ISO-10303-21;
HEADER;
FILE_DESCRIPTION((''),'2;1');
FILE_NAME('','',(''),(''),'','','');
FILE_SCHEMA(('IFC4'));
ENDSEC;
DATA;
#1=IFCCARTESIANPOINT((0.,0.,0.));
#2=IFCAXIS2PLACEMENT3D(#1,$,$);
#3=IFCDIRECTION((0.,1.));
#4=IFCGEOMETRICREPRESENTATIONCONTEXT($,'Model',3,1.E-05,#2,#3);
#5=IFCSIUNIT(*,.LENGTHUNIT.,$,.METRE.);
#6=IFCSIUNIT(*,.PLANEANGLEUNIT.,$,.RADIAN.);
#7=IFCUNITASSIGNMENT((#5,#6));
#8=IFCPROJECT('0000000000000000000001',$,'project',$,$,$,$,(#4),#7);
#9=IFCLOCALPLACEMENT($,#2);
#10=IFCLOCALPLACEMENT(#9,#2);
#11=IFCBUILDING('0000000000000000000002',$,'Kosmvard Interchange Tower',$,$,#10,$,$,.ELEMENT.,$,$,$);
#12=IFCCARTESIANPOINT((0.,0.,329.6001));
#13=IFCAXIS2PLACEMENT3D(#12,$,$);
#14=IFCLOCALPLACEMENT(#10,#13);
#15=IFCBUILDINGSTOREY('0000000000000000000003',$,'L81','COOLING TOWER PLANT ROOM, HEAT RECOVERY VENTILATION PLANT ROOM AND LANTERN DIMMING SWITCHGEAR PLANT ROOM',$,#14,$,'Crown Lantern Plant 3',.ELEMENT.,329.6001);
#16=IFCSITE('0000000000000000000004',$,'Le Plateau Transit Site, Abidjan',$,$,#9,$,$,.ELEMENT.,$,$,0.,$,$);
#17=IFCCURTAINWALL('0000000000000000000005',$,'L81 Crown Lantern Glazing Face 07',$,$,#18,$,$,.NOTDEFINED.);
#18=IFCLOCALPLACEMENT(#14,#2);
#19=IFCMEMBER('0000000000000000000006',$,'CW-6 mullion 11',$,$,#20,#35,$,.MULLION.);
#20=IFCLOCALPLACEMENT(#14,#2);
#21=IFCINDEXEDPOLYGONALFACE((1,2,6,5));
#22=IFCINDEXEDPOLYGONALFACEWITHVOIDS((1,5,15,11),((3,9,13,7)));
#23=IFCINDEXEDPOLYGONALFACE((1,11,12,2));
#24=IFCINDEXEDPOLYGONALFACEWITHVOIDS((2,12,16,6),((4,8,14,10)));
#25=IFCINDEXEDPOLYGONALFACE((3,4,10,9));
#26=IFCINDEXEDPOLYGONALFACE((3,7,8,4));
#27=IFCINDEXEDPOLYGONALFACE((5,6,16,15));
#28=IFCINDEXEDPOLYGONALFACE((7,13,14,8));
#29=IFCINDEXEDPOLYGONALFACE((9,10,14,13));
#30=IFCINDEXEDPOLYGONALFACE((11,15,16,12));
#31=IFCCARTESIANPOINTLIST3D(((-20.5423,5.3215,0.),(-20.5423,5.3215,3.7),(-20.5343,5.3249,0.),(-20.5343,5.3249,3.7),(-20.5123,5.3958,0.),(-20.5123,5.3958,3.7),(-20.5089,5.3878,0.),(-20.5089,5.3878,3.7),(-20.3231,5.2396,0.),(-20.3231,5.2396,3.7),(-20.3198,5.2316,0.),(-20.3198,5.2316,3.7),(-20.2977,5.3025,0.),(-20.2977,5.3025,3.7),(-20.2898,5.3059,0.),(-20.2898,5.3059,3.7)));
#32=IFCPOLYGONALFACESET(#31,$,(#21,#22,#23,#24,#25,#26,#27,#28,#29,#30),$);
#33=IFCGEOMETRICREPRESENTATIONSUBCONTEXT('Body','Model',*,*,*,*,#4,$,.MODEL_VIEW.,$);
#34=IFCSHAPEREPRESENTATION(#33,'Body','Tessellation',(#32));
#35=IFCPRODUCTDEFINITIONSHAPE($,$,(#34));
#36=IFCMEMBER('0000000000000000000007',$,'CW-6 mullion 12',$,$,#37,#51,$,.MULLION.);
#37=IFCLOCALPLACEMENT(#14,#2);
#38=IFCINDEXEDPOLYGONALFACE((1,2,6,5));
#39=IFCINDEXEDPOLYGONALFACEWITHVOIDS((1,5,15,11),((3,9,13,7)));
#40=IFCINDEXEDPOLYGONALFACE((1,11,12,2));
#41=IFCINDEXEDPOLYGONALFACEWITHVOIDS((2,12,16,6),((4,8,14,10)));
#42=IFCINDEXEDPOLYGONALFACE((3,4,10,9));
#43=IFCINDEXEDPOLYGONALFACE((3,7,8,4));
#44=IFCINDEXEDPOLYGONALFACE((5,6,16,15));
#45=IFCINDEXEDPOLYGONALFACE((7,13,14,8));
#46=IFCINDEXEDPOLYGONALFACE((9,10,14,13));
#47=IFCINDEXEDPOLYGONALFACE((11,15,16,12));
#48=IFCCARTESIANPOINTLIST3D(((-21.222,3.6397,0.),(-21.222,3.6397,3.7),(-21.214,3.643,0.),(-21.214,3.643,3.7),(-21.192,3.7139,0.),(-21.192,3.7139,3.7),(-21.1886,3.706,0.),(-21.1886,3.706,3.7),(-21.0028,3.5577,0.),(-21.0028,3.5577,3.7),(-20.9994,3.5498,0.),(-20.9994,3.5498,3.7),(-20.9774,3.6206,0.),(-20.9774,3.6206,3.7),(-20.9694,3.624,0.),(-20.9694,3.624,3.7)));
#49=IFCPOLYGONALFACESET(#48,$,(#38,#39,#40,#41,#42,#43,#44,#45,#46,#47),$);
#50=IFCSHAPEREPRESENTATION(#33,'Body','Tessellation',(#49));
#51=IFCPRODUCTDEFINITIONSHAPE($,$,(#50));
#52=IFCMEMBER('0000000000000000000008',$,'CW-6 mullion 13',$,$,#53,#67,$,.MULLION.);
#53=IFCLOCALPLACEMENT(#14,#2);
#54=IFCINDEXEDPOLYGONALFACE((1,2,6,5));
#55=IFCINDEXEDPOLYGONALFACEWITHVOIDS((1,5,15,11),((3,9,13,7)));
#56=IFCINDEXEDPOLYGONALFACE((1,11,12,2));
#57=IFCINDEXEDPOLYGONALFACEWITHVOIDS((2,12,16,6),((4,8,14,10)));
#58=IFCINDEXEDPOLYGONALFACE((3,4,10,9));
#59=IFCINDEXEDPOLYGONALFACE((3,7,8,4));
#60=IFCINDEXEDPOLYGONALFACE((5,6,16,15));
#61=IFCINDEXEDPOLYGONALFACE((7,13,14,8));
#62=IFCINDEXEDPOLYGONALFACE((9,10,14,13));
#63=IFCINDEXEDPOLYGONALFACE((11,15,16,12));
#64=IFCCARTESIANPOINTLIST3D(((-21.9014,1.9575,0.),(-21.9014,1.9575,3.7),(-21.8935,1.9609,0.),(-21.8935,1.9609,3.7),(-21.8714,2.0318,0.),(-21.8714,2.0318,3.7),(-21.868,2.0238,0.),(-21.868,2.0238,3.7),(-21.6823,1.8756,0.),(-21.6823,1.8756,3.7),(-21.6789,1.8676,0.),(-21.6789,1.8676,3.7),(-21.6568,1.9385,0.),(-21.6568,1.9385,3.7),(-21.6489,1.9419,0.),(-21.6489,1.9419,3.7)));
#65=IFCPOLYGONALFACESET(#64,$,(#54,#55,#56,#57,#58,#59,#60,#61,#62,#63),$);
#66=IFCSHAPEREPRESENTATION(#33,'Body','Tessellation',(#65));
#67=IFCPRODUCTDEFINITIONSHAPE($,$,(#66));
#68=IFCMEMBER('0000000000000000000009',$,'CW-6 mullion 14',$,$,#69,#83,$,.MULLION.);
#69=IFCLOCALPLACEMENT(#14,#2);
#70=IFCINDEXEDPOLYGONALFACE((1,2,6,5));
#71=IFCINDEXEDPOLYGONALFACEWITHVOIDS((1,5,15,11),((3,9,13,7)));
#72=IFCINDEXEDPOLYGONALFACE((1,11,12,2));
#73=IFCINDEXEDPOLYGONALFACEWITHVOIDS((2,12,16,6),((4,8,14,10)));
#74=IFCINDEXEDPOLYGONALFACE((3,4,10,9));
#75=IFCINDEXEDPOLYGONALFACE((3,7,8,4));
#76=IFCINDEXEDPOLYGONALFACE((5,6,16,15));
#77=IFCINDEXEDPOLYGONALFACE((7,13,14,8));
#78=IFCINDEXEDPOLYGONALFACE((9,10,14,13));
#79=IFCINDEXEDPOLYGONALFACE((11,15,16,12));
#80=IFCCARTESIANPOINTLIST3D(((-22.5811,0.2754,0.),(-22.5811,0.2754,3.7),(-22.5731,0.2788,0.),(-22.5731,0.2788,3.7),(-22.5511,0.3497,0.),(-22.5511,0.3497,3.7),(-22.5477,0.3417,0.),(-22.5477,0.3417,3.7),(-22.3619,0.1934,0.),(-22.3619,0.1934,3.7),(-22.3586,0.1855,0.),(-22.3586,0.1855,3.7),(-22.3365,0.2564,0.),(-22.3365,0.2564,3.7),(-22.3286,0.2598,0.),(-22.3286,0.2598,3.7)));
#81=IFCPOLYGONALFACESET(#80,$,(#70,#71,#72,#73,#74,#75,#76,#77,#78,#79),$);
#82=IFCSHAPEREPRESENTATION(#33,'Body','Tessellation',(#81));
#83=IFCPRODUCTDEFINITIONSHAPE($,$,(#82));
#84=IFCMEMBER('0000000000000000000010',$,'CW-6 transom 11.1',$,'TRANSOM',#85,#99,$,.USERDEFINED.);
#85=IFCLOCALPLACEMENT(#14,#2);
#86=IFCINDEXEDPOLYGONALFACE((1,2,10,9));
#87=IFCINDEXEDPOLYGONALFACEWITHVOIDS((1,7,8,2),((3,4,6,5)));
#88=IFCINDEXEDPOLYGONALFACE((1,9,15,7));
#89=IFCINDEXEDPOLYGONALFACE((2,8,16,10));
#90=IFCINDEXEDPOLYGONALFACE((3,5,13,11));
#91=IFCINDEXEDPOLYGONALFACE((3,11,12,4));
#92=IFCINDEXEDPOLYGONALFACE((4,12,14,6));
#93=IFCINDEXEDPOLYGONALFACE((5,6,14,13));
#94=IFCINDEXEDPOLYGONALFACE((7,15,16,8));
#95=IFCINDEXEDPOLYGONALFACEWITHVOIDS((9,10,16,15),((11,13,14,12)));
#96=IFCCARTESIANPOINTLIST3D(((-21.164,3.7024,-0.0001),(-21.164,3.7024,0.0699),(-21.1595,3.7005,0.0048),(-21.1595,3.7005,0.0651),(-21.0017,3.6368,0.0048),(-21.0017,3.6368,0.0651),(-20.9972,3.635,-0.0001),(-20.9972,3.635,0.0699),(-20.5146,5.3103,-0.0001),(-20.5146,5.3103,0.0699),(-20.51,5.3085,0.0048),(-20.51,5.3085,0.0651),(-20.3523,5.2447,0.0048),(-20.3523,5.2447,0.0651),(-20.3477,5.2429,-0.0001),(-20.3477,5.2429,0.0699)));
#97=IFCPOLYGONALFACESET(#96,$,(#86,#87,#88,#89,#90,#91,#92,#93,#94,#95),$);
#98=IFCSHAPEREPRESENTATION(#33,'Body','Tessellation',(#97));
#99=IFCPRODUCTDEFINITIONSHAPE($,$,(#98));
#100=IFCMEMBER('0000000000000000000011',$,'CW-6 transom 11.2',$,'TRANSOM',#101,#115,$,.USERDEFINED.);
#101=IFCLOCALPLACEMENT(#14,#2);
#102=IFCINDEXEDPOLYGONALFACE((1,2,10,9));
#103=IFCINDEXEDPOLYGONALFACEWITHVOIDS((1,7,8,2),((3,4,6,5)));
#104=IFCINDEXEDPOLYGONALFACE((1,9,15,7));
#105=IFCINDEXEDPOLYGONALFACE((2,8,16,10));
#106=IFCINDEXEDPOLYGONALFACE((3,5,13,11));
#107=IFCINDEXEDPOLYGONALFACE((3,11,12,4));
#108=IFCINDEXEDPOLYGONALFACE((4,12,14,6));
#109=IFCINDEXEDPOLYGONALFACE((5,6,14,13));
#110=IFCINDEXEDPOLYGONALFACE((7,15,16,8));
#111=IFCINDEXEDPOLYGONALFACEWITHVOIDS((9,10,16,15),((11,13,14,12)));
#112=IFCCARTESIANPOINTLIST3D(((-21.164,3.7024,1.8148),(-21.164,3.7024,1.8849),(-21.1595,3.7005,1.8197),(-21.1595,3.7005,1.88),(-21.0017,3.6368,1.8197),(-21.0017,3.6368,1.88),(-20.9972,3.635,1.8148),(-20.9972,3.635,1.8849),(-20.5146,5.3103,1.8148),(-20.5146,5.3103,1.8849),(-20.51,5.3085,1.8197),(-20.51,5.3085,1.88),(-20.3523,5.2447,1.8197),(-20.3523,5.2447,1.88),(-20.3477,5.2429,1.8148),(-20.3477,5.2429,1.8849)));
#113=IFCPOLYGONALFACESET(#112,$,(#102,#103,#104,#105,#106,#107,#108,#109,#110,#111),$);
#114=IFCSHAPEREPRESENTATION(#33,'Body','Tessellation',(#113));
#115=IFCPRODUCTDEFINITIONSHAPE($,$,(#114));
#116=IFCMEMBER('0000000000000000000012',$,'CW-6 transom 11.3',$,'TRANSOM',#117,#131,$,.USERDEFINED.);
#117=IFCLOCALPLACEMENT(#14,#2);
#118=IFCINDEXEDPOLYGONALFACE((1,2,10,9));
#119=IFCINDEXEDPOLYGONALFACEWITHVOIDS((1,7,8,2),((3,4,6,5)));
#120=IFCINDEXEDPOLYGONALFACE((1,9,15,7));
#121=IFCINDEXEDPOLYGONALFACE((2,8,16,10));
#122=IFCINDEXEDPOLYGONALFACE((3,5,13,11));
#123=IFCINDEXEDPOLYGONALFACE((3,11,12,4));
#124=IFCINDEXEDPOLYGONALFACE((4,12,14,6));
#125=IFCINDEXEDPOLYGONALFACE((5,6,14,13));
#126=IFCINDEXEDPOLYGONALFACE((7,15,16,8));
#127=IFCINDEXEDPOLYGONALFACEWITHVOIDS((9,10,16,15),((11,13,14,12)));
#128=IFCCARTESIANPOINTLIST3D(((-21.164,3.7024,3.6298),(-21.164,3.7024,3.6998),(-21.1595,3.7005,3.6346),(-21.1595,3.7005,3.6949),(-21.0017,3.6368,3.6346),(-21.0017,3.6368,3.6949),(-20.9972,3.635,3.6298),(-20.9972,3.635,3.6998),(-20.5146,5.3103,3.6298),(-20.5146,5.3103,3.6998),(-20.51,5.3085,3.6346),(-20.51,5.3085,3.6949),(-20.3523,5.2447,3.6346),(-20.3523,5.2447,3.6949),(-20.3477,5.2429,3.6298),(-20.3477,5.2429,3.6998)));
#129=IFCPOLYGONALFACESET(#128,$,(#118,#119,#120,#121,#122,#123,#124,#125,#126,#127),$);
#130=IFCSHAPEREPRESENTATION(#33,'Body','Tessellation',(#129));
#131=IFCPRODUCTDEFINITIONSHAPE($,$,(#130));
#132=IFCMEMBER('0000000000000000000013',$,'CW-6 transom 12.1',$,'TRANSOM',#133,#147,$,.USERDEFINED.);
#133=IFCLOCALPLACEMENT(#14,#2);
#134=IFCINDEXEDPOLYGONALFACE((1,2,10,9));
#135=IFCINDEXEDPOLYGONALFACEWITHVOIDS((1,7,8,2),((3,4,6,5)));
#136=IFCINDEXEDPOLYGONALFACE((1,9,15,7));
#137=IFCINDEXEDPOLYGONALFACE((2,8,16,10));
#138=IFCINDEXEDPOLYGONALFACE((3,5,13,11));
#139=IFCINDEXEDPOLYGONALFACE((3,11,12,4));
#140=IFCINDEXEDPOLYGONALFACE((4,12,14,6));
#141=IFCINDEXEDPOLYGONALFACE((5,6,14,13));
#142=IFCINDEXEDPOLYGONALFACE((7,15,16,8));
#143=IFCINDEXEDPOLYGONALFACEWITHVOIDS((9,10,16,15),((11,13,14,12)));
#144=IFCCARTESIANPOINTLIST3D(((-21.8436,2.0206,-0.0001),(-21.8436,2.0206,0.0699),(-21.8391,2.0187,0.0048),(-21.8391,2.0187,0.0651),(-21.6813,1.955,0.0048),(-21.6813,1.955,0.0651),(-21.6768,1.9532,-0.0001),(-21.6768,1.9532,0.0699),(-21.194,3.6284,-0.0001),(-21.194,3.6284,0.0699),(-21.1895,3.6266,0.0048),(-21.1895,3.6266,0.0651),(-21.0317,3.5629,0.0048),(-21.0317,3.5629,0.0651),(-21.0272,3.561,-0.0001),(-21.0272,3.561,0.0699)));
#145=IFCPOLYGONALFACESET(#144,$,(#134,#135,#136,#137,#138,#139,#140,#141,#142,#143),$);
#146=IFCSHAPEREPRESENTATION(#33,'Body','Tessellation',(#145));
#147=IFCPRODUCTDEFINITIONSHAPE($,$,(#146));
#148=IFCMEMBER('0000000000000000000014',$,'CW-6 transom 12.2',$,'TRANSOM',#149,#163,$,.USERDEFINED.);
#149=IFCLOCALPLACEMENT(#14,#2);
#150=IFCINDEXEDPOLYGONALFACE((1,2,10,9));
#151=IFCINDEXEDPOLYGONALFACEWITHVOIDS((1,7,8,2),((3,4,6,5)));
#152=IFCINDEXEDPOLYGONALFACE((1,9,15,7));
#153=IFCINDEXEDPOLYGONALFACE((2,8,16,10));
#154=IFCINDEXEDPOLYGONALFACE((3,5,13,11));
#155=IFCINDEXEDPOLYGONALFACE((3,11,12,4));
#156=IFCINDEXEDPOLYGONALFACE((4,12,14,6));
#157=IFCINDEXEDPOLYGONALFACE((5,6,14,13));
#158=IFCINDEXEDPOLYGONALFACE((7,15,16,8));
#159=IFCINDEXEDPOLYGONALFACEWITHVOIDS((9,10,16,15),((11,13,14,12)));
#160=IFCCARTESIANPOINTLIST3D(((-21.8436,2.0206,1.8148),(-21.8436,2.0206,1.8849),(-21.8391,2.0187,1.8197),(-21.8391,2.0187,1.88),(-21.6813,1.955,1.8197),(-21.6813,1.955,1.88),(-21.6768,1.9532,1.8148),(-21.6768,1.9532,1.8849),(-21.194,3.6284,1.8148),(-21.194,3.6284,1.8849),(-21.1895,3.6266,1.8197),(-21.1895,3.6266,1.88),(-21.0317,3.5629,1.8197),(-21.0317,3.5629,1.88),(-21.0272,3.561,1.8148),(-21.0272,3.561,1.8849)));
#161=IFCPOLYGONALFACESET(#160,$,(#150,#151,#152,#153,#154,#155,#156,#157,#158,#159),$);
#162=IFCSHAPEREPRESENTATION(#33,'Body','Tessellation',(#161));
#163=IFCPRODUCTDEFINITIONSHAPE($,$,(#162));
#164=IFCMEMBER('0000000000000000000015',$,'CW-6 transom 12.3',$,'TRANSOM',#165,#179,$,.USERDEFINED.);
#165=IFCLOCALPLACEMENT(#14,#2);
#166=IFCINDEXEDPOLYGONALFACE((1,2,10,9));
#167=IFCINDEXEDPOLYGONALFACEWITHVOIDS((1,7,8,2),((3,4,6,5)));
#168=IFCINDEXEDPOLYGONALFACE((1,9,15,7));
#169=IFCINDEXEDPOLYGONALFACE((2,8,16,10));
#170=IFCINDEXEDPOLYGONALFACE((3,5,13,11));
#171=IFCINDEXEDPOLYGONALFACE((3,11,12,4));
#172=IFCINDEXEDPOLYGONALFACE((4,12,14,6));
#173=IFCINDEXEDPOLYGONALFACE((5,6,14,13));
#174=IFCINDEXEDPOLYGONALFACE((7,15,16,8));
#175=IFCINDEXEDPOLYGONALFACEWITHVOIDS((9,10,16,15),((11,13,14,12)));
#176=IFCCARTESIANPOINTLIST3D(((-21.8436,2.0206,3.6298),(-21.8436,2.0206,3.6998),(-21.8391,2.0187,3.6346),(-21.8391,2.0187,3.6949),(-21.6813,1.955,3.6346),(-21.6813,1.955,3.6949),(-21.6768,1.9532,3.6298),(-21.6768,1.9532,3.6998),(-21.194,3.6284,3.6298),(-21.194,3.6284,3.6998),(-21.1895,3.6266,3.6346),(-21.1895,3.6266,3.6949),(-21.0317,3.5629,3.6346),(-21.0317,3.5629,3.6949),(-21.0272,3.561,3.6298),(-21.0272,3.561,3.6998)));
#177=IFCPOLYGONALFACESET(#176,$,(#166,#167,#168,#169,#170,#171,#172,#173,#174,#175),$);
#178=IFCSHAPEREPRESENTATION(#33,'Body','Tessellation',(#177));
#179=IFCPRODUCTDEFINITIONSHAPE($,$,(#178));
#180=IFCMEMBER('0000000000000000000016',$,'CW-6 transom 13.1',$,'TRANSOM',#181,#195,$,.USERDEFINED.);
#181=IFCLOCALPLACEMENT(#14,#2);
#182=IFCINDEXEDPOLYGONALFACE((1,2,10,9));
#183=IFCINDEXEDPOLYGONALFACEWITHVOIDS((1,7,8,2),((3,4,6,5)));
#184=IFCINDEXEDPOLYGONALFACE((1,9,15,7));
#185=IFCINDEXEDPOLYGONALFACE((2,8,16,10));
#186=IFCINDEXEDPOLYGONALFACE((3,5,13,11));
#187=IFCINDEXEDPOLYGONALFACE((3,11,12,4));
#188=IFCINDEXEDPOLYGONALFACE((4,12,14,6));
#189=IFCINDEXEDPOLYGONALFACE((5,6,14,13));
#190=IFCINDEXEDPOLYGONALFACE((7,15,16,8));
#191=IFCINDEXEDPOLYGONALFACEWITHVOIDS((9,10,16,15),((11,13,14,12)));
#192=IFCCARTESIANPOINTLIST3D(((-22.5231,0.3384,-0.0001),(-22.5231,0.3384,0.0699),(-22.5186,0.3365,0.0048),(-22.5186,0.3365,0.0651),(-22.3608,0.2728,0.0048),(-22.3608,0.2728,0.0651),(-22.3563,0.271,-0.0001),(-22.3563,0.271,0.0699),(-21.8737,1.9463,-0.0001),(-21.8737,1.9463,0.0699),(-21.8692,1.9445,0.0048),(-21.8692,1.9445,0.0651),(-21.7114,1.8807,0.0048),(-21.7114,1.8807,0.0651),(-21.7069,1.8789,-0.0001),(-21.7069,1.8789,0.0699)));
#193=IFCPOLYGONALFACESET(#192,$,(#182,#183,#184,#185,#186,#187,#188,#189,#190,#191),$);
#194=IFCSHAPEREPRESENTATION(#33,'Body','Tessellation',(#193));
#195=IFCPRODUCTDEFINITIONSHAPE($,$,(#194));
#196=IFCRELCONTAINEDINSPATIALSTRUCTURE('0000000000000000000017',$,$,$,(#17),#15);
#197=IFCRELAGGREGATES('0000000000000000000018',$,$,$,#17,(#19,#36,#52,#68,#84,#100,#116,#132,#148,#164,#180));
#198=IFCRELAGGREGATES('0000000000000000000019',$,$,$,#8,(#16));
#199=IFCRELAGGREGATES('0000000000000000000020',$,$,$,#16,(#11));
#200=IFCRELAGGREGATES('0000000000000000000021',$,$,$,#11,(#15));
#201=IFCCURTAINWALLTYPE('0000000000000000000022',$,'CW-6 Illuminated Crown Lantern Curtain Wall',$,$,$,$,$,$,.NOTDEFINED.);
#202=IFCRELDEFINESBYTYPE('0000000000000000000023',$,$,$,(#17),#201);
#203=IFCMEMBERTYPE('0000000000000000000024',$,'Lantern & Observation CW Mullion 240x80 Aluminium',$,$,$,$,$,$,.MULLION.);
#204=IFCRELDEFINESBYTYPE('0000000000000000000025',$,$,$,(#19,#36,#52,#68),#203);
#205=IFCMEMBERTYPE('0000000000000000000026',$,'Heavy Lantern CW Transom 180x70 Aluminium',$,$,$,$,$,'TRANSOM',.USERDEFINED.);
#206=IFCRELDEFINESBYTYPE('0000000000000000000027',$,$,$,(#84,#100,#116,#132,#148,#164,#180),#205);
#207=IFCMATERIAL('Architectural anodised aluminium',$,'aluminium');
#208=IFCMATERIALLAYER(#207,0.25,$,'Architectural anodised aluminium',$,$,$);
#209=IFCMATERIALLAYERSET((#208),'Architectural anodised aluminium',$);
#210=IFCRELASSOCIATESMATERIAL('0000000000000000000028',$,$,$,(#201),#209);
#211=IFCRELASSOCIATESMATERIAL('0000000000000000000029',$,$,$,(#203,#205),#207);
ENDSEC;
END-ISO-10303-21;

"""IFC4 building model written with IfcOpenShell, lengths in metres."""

from ifc_helpers import new_model, si_unit, direction, frame, origin, origin_2d, place, context, subcontext, project, spatial, hollow_rectangle, extrude, source, transform, mapped, material, layer, layer_set, material_profile, profile_set, type_object, element, aggregate, save


model = new_model("IFC4")

# Units and contexts
model_context = context("Model", 3, precision=1e-05, world=origin(), true_north=direction((0.0, 1.0)))
body_context = subcontext(model_context, "Body", "Model", "MODEL_VIEW")
ifc_project = project(units=[si_unit("LENGTHUNIT", "METRE"), si_unit("PLANEANGLEUNIT", "RADIAN")], contexts=[model_context])

# Site, building, storey
site_placement = place(None, origin())
site = spatial("IfcSite", under=ifc_project, at=site_placement, Name="Le Plateau Transit Site, Abidjan", CompositionType="ELEMENT", RefElevation=0.0)
building_placement = place(site_placement, origin())
building = spatial("IfcBuilding", under=site, at=building_placement, Name="Kosmvard Interchange Tower", CompositionType="ELEMENT")
storey_placement = place(building_placement, frame((0.0, 0.0, 329.6001)))
storey = spatial("IfcBuildingStorey", under=building, at=storey_placement, Name="L81", Description="COOLING TOWER PLANT ROOM, HEAT RECOVERY VENTILATION PLANT ROOM AND LANTERN DIMMING SWITCHGEAR PLANT ROOM", LongName="Crown Lantern Plant 3", CompositionType="ELEMENT", Elevation=329.6001)

# Curtain wall, members
ifc_material_1 = material(Name="Architectural anodised aluminium", Category="aluminium")
ifc_layer_1 = layer(ifc_material_1, 0.25, Name="Architectural anodised aluminium")
ifc_layer_set_1 = layer_set([ifc_layer_1], Name="Architectural anodised aluminium")
curtain_wall_type = type_object("IfcCurtainWallType", Name="CW-6 Illuminated Crown Lantern Curtain Wall", PredefinedType="NOTDEFINED", material=ifc_layer_set_1)
curtain_wall_placement = place(storey_placement, origin())
curtain_wall = element("IfcCurtainWall", 1, at=curtain_wall_placement, inside=storey, type_object=curtain_wall_type, Name="L81 Crown Lantern Glazing Face 07", PredefinedType="NOTDEFINED")
ifc_material_profile_1 = material_profile(ifc_material_1, hollow_rectangle(XDim=0.24, YDim=0.0801, WallThickness=0.0061, at=origin_2d()), Name="CWM 240x80x6")
ifc_profile_set_1 = profile_set([ifc_material_profile_1], Name="Architectural anodised aluminium")
member_type_1 = type_object("IfcMemberType", Name="Lantern & Observation CW Mullion 240x80 Aluminium", PredefinedType="MULLION", material=ifc_profile_set_1)
shared_shape_1 = source(origin(), body_context, "Body", "SweptSolid", [
    extrude(hollow_rectangle(XDim=0.24, YDim=0.0801, WallThickness=0.0061, at=origin_2d()), origin(), (0.0, 0.0, 1.0), 3.7),
])
member_1_placement = place(storey_placement, frame((-20.416, 5.3137, 0.0), z_axis=(0.0, 0.0, 1.0), x_axis=(0.927184, -0.374607, 0.0)))
member_1 = element("IfcMember", 2, at=member_1_placement, type_object=member_type_1, Name="CW-6 mullion 11", PredefinedType="MULLION", context=body_context, shape_type="MappedRepresentation", body=[
    mapped(shared_shape_1, transform((0.0, 0.0, 0.0), scale=1.0)),
])
member_2_placement = place(storey_placement, frame((-21.0957, 3.6318, 0.0), z_axis=(0.0, 0.0, 1.0), x_axis=(0.927184, -0.374607, 0.0)))
member_2 = element("IfcMember", 3, at=member_2_placement, type_object=member_type_1, Name="CW-6 mullion 12", PredefinedType="MULLION", context=body_context, shape_type="MappedRepresentation", body=[
    mapped(shared_shape_1, transform((0.0, 0.0, 0.0), scale=1.0)),
])
member_3_placement = place(storey_placement, frame((-21.7751, 1.9497, 0.0), z_axis=(0.0, 0.0, 1.0), x_axis=(0.927184, -0.374607, 0.0)))
member_3 = element("IfcMember", 4, at=member_3_placement, type_object=member_type_1, Name="CW-6 mullion 13", PredefinedType="MULLION", context=body_context, shape_type="MappedRepresentation", body=[
    mapped(shared_shape_1, transform((0.0, 0.0, 0.0), scale=1.0)),
])
member_4_placement = place(storey_placement, frame((-22.4548, 0.2676, 0.0), z_axis=(0.0, 0.0, 1.0), x_axis=(0.927184, -0.374607, 0.0)))
member_4 = element("IfcMember", 5, at=member_4_placement, type_object=member_type_1, Name="CW-6 mullion 14", PredefinedType="MULLION", context=body_context, shape_type="MappedRepresentation", body=[
    mapped(shared_shape_1, transform((0.0, 0.0, 0.0), scale=1.0)),
])
ifc_material_profile_2 = material_profile(ifc_material_1, hollow_rectangle(XDim=0.1799, YDim=0.0701, WallThickness=0.0049, at=origin_2d()), Name="CWT 180x70x5")
ifc_profile_set_2 = profile_set([ifc_material_profile_2], Name="Architectural anodised aluminium")
member_type_2 = type_object("IfcMemberType", Name="Heavy Lantern CW Transom 180x70 Aluminium", ElementType="TRANSOM", PredefinedType="USERDEFINED", material=ifc_profile_set_2)
shared_shape_2 = source(origin(), body_context, "Body", "SweptSolid", [
    extrude(hollow_rectangle(XDim=0.1799, YDim=0.0701, WallThickness=0.0049, at=origin_2d()), origin(), (0.0, 0.0, 1.0), 1.7341),
])
member_5_placement = place(storey_placement, frame((-20.4312, 5.2766, 0.0349), z_axis=(-0.374496, -0.927229, 0.0), x_axis=(0.927229, -0.374496, 0.0)))
member_5 = element("IfcMember", 6, at=member_5_placement, type_object=member_type_2, Name="CW-6 transom 11.1", ObjectType="TRANSOM", PredefinedType="USERDEFINED", context=body_context, shape_type="MappedRepresentation", body=[
    mapped(shared_shape_2, transform((0.0, 0.0, 0.0), scale=1.0)),
])
member_6_placement = place(storey_placement, frame((-20.4312, 5.2766, 1.8499), z_axis=(-0.374496, -0.927229, 0.0), x_axis=(0.927229, -0.374496, 0.0)))
member_6 = element("IfcMember", 7, at=member_6_placement, type_object=member_type_2, Name="CW-6 transom 11.2", ObjectType="TRANSOM", PredefinedType="USERDEFINED", context=body_context, shape_type="MappedRepresentation", body=[
    mapped(shared_shape_2, transform((0.0, 0.0, 0.0), scale=1.0)),
])
member_7_placement = place(storey_placement, frame((-20.4312, 5.2766, 3.6648), z_axis=(-0.374496, -0.927229, 0.0), x_axis=(0.927229, -0.374496, 0.0)))
member_7 = element("IfcMember", 8, at=member_7_placement, type_object=member_type_2, Name="CW-6 transom 11.3", ObjectType="TRANSOM", PredefinedType="USERDEFINED", context=body_context, shape_type="MappedRepresentation", body=[
    mapped(shared_shape_2, transform((0.0, 0.0, 0.0), scale=1.0)),
])
member_8_placement = place(storey_placement, frame((-21.1106, 3.5947, 0.0349), z_axis=(-0.374617, -0.92718, 0.0), x_axis=(0.92718, -0.374617, 0.0)))
member_8 = element("IfcMember", 9, at=member_8_placement, type_object=member_type_2, Name="CW-6 transom 12.1", ObjectType="TRANSOM", PredefinedType="USERDEFINED", context=body_context, shape_type="MappedRepresentation", body=[
    mapped(shared_shape_2, transform((0.0, 0.0, 0.0), scale=1.0)),
])
member_9_placement = place(storey_placement, frame((-21.1106, 3.5947, 1.8499), z_axis=(-0.374617, -0.92718, 0.0), x_axis=(0.92718, -0.374617, 0.0)))
member_9 = element("IfcMember", 10, at=member_9_placement, type_object=member_type_2, Name="CW-6 transom 12.2", ObjectType="TRANSOM", PredefinedType="USERDEFINED", context=body_context, shape_type="MappedRepresentation", body=[
    mapped(shared_shape_2, transform((0.0, 0.0, 0.0), scale=1.0)),
])
member_10_placement = place(storey_placement, frame((-21.1106, 3.5947, 3.6648), z_axis=(-0.374617, -0.92718, 0.0), x_axis=(0.92718, -0.374617, 0.0)))
member_10 = element("IfcMember", 11, at=member_10_placement, type_object=member_type_2, Name="CW-6 transom 12.3", ObjectType="TRANSOM", PredefinedType="USERDEFINED", context=body_context, shape_type="MappedRepresentation", body=[
    mapped(shared_shape_2, transform((0.0, 0.0, 0.0), scale=1.0)),
])
member_11_placement = place(storey_placement, frame((-21.7903, 1.9126, 0.0349), z_axis=(-0.374496, -0.927229, 0.0), x_axis=(0.927229, -0.374496, 0.0)))
member_11 = element("IfcMember", 12, at=member_11_placement, type_object=member_type_2, Name="CW-6 transom 13.1", ObjectType="TRANSOM", PredefinedType="USERDEFINED", context=body_context, shape_type="MappedRepresentation", body=[
    mapped(shared_shape_2, transform((0.0, 0.0, 0.0), scale=1.0)),
])
aggregate(curtain_wall, [member_1, member_2, member_3, member_4, member_5, member_6, member_7, member_8, member_9, member_10, member_11])

save(model, "model.ifc")
